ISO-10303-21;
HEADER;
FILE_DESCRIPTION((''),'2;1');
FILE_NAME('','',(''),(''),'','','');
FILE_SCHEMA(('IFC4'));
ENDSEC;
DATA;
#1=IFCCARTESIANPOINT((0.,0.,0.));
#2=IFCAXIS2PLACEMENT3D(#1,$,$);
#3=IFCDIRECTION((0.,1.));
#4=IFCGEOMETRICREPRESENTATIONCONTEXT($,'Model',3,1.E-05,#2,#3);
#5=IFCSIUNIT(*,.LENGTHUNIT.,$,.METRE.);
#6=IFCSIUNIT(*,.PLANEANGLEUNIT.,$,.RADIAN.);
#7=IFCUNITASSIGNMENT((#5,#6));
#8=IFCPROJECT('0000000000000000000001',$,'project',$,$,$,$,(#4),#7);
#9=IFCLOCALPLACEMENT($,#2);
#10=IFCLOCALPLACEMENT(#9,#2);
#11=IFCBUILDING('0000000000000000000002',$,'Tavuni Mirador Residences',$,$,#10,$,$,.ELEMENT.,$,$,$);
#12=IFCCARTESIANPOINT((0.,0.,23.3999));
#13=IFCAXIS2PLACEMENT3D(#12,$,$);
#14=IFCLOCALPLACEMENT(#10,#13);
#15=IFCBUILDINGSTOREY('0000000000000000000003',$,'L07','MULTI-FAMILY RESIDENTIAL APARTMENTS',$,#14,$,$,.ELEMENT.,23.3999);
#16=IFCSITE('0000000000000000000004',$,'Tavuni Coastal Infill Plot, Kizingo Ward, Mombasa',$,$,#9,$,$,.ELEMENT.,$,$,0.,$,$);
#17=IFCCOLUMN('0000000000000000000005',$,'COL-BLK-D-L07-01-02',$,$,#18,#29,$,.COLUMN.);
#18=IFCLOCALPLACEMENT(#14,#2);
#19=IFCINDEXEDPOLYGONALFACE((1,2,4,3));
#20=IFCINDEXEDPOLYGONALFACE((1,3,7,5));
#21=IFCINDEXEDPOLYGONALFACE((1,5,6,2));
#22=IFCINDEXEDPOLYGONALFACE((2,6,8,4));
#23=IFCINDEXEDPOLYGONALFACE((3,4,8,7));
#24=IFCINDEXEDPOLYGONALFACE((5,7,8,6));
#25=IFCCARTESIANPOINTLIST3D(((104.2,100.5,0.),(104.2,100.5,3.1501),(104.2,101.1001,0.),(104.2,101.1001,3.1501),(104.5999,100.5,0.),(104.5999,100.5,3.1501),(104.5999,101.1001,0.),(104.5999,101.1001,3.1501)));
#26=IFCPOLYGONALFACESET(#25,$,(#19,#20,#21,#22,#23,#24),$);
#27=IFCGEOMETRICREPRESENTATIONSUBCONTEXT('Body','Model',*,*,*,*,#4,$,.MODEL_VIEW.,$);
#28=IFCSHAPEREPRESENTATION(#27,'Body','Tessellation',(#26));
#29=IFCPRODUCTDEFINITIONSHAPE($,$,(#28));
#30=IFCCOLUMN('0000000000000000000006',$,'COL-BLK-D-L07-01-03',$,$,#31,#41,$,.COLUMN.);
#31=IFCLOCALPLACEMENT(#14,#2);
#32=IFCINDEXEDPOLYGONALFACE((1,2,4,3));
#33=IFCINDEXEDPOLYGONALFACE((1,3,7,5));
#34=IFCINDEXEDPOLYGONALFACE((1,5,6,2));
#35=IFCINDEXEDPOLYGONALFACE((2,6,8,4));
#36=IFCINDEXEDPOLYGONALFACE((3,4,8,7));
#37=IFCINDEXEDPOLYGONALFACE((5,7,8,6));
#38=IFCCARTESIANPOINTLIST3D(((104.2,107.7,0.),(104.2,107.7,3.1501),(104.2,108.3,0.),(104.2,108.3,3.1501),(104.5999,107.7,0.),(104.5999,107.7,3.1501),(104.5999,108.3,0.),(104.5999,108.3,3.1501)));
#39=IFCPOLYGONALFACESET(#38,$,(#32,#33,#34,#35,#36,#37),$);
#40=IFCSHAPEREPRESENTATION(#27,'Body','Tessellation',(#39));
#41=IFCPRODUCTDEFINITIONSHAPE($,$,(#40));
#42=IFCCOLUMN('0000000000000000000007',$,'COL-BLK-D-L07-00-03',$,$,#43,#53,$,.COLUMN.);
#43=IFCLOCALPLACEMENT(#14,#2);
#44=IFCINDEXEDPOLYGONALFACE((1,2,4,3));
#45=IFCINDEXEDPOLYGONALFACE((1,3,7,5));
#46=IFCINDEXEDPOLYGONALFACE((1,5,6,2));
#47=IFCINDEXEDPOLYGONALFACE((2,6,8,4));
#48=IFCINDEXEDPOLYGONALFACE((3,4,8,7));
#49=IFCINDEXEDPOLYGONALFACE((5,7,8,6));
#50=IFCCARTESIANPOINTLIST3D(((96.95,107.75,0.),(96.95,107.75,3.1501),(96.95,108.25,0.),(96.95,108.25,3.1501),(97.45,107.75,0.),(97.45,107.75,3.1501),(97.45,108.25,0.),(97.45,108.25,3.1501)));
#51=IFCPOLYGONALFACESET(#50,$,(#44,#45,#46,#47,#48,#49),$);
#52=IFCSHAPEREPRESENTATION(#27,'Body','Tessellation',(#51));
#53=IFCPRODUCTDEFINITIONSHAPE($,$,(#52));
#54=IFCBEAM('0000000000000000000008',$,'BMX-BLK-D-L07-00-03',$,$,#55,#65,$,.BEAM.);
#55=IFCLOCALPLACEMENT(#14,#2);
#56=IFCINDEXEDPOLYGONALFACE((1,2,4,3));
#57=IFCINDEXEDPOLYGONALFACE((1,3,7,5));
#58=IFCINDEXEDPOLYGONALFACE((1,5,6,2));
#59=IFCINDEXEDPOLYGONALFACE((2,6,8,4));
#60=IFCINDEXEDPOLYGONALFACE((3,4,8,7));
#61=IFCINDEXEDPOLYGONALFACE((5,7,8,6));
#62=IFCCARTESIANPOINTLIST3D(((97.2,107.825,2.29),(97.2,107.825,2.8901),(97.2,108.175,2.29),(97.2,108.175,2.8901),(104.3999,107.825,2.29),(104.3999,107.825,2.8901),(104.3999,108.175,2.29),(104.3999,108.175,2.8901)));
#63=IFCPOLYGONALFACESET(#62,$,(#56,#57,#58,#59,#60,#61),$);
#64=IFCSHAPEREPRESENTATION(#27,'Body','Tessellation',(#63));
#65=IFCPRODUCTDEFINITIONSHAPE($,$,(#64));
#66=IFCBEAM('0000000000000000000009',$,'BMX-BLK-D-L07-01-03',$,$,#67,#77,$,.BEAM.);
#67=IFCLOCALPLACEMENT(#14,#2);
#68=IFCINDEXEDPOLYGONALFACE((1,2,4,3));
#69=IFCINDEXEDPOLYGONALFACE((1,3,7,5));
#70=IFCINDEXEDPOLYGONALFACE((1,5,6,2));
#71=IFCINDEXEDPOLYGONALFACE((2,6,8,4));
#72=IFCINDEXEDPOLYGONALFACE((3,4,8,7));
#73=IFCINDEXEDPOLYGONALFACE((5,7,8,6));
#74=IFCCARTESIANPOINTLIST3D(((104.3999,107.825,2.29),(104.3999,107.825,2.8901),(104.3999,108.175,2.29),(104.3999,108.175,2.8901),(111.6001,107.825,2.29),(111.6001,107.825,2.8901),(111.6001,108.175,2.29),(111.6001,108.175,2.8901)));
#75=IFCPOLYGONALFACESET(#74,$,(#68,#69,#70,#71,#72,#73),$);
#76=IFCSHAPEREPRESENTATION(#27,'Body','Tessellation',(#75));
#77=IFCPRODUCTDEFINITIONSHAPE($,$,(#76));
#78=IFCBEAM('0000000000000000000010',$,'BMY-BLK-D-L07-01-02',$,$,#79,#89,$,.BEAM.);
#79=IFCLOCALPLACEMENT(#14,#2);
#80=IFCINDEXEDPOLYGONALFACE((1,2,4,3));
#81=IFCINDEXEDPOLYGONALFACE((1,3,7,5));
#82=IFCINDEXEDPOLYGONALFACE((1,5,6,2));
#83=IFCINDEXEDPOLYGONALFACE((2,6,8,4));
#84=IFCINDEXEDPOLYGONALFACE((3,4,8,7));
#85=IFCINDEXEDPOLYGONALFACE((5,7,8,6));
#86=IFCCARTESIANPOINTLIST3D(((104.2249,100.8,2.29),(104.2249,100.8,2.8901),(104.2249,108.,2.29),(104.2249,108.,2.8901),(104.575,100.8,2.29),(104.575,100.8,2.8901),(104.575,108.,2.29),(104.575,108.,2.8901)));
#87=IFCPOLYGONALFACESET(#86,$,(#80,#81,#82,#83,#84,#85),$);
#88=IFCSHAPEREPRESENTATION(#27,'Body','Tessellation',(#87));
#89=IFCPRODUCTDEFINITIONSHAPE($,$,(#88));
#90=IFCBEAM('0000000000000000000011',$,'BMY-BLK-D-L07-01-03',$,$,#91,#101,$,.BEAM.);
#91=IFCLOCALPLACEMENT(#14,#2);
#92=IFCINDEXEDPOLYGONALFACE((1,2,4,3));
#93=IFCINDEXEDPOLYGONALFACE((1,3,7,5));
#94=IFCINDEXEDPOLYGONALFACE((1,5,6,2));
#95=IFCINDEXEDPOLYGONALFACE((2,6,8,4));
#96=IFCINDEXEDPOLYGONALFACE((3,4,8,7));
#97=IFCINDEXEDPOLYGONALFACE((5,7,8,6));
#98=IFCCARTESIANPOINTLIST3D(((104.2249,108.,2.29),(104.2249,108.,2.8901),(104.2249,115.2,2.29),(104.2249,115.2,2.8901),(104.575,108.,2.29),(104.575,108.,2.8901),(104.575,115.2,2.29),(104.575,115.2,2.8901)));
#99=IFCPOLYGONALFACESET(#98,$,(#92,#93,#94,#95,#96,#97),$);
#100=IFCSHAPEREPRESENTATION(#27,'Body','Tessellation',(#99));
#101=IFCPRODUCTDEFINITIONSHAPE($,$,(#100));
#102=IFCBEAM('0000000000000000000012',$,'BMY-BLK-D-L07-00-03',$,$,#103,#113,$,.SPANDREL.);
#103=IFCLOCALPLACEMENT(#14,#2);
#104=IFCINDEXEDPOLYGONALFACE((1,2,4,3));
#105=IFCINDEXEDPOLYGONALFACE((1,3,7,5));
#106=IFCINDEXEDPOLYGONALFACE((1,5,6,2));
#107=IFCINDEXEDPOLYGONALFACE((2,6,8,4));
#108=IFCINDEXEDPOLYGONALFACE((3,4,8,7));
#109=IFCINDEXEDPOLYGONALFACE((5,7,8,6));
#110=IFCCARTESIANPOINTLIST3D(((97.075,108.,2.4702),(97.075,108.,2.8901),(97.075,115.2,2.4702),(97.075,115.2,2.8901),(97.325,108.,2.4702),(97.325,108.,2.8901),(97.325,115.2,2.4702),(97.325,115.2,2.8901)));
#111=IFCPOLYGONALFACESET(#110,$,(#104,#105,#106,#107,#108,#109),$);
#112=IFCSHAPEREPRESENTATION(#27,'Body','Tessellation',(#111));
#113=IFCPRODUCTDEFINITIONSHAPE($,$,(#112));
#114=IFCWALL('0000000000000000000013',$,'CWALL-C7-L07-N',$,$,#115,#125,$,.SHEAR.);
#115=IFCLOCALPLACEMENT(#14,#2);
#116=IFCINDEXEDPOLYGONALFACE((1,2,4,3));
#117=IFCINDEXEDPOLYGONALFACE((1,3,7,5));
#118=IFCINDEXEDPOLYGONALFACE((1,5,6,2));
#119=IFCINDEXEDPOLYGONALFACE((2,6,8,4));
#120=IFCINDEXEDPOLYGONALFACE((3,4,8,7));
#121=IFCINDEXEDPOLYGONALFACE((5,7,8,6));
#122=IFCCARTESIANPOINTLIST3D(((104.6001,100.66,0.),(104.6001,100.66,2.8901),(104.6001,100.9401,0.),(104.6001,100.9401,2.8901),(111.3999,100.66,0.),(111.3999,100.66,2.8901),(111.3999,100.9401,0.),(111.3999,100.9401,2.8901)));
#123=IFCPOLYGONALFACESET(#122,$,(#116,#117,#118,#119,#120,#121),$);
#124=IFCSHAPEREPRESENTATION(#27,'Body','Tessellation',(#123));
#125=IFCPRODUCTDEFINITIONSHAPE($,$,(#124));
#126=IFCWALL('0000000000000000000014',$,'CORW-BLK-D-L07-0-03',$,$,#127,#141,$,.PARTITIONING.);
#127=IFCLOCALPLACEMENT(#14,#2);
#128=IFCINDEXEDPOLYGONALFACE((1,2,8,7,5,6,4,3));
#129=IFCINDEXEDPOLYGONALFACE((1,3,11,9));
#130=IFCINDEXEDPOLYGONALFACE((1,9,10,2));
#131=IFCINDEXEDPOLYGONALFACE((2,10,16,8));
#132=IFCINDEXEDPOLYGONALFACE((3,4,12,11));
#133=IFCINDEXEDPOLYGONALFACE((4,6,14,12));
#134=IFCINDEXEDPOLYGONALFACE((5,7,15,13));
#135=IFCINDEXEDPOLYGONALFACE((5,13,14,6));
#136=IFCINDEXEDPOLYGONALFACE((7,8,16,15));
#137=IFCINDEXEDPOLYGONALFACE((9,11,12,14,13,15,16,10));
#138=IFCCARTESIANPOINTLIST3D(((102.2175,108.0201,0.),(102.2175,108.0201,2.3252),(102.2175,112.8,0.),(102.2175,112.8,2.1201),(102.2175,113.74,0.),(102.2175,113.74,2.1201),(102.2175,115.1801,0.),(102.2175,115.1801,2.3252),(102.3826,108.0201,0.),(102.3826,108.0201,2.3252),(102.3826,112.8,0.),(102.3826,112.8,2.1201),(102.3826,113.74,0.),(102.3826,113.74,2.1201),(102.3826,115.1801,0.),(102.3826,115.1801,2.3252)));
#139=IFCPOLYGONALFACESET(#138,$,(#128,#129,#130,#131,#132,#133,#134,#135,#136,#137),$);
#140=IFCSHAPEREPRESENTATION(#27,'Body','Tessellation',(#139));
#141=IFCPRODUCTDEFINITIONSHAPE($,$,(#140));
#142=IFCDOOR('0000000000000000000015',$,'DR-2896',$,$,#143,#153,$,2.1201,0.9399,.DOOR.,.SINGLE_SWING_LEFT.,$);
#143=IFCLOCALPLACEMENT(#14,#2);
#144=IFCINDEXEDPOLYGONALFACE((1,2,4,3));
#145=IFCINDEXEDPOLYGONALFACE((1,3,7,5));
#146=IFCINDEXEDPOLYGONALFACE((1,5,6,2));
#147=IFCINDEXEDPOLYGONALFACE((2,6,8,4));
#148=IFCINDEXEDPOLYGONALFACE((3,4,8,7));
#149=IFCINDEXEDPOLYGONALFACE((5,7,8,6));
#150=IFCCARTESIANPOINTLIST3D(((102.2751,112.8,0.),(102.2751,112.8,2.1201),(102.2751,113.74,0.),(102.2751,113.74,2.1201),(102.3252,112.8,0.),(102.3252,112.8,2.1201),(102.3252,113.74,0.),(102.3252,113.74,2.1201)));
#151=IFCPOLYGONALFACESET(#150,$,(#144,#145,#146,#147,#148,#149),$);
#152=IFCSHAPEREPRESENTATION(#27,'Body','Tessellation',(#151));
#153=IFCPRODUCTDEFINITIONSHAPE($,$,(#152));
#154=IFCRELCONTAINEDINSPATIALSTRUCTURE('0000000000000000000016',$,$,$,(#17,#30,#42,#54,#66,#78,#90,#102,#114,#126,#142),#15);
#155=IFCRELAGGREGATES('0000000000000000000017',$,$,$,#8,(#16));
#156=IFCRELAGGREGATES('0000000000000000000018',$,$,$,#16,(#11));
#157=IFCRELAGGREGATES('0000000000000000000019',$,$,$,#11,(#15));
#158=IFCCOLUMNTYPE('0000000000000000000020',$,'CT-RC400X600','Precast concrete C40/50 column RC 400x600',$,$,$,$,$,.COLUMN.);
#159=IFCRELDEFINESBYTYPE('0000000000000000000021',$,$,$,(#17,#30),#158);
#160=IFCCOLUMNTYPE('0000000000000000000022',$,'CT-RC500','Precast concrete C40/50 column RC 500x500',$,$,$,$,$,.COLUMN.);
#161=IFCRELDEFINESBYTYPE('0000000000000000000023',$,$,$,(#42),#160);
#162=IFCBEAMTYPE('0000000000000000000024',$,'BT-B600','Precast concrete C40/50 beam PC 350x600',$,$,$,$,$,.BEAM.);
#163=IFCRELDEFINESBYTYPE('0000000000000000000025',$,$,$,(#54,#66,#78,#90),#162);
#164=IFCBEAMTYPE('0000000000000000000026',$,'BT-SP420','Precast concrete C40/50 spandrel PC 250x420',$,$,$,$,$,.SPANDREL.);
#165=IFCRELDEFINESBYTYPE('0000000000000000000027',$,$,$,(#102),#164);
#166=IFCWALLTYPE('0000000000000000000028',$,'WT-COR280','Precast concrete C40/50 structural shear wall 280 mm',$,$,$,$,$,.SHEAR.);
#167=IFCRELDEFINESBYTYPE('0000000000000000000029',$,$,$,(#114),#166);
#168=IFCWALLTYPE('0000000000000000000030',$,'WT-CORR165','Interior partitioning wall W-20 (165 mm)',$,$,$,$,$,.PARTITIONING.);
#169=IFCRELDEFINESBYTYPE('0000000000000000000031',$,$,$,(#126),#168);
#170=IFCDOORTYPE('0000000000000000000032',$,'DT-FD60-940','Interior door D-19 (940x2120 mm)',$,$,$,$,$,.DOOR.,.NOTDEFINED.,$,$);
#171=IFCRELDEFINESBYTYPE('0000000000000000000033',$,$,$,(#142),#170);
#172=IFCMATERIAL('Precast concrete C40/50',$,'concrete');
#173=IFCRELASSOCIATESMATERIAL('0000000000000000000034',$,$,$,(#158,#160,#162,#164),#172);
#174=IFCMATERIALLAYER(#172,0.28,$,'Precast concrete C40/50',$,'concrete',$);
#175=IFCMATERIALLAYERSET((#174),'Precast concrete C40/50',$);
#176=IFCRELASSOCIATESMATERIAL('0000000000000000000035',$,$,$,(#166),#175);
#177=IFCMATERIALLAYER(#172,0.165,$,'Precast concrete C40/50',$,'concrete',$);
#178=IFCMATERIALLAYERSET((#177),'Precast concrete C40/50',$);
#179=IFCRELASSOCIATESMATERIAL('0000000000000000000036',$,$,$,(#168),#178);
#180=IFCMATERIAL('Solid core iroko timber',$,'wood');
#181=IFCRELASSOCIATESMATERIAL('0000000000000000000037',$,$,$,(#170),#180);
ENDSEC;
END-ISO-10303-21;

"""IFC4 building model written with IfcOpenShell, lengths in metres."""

from ifc_helpers import new_model, si_unit, direction, frame, frame_2d, origin, origin_2d, place, context, subcontext, project, spatial, rectangle, extrude, material, layer, layer_set, material_profile, profile_set, type_object, element, fill, save


model = new_model("IFC4")

# Units and contexts
model_context = context("Model", 3, precision=1e-05, world=origin(), true_north=direction((0.0, 1.0)))
body_context = subcontext(model_context, "Body", "Model", "MODEL_VIEW")
ifc_project = project(units=[si_unit("LENGTHUNIT", "METRE"), si_unit("PLANEANGLEUNIT", "RADIAN")], contexts=[model_context])

# Site, building, storey
site_placement = place(None, origin())
site = spatial("IfcSite", under=ifc_project, at=site_placement, Name="Tavuni Coastal Infill Plot, Kizingo Ward, Mombasa", CompositionType="ELEMENT", RefElevation=0.0)
building_placement = place(site_placement, origin())
building = spatial("IfcBuilding", under=site, at=building_placement, Name="Tavuni Mirador Residences", CompositionType="ELEMENT")
storey_placement = place(building_placement, frame((0.0, 0.0, 23.3999)))
storey = spatial("IfcBuildingStorey", under=building, at=storey_placement, Name="L07", Description="MULTI-FAMILY RESIDENTIAL APARTMENTS", CompositionType="ELEMENT", Elevation=23.3999)

# Columns
ifc_material_1 = material(Name="Precast concrete C40/50", Category="concrete")
ifc_material_profile_1 = material_profile(ifc_material_1, rectangle(XDim=0.3999, YDim=0.6001, at=origin_2d()), Name="RC 400x600", Category="concrete")
ifc_profile_set_1 = profile_set([ifc_material_profile_1], Name="Precast concrete C40/50")
column_type_1 = type_object("IfcColumnType", Name="CT-RC400X600", Description="Precast concrete C40/50 column RC 400x600", PredefinedType="COLUMN", material=ifc_profile_set_1)
for number, where, z_axis, x_axis, name in (
    (1, (104.3999, 100.8, 0.0), (0.0, 0.0, 1.0), (1.0, 0.0, 0.0), "COL-BLK-D-L07-01-02"),
    (2, (104.3999, 108.0, 0.0), (0.0, 0.0, 1.0), (1.0, 0.0, 0.0), "COL-BLK-D-L07-01-03"),
):
    element("IfcColumn", number, at=place(storey_placement, frame(where, z_axis=z_axis, x_axis=x_axis)), inside=storey, type_object=column_type_1, Name=name, PredefinedType="COLUMN", context=body_context, shape_type="SweptSolid", body=[
        extrude(rectangle(XDim=0.3999, YDim=0.6001, at=origin_2d()), origin(), (0.0, 0.0, 1.0), 3.1501),
    ])
ifc_material_profile_2 = material_profile(ifc_material_1, rectangle(XDim=0.5, YDim=0.5, at=origin_2d()), Name="RC 500x500", Category="concrete")
ifc_profile_set_2 = profile_set([ifc_material_profile_2], Name="Precast concrete C40/50")
column_type_2 = type_object("IfcColumnType", Name="CT-RC500", Description="Precast concrete C40/50 column RC 500x500", PredefinedType="COLUMN", material=ifc_profile_set_2)
column_placement = place(storey_placement, frame((97.2, 108.0, 0.0), z_axis=(0.0, 0.0, 1.0), x_axis=(1.0, 0.0, 0.0)))
element("IfcColumn", 3, at=column_placement, inside=storey, type_object=column_type_2, Name="COL-BLK-D-L07-00-03", PredefinedType="COLUMN", context=body_context, shape_type="SweptSolid", body=[
    extrude(rectangle(XDim=0.5, YDim=0.5, at=origin_2d()), origin(), (0.0, 0.0, 1.0), 3.1501),
])

# Beams
ifc_material_profile_3 = material_profile(ifc_material_1, rectangle(XDim=0.3501, YDim=0.6001, at=origin_2d()), Name="PC 350x600", Category="concrete")
ifc_profile_set_3 = profile_set([ifc_material_profile_3], Name="Precast concrete C40/50")
beam_type_1 = type_object("IfcBeamType", Name="BT-B600", Description="Precast concrete C40/50 beam PC 350x600", PredefinedType="BEAM", material=ifc_profile_set_3)
beam_1_placement = place(storey_placement, frame((97.2, 108.0, 2.5901), z_axis=(1.0, 0.0, 0.0), x_axis=(0.0, 1.0, 0.0)))
element("IfcBeam", 4, at=beam_1_placement, inside=storey, type_object=beam_type_1, Name="BMX-BLK-D-L07-00-03", PredefinedType="BEAM", context=body_context, shape_type="SweptSolid", body=[
    extrude(rectangle(XDim=0.3501, YDim=0.6001, at=origin_2d()), origin(), (0.0, 0.0, 1.0), 7.2),
])
beam_2_placement = place(storey_placement, frame((104.3999, 108.0, 2.5901), z_axis=(1.0, 0.0, 0.0), x_axis=(0.0, 1.0, 0.0)))
element("IfcBeam", 5, at=beam_2_placement, inside=storey, type_object=beam_type_1, Name="BMX-BLK-D-L07-01-03", PredefinedType="BEAM", context=body_context, shape_type="SweptSolid", body=[
    extrude(rectangle(XDim=0.3501, YDim=0.6001, at=origin_2d()), origin(), (0.0, 0.0, 1.0), 7.2002),
])
for number, where, z_axis, x_axis, name in (
    (6, (104.3999, 100.8, 2.5901), (0.0, 1.0, 0.0), (-1.0, 0.0, 0.0), "BMY-BLK-D-L07-01-02"),
    (7, (104.3999, 108.0, 2.5901), (0.0, 1.0, 0.0), (-1.0, 0.0, 0.0), "BMY-BLK-D-L07-01-03"),
):
    element("IfcBeam", number, at=place(storey_placement, frame(where, z_axis=z_axis, x_axis=x_axis)), inside=storey, type_object=beam_type_1, Name=name, PredefinedType="BEAM", context=body_context, shape_type="SweptSolid", body=[
        extrude(rectangle(XDim=0.3501, YDim=0.6001, at=origin_2d()), origin(), (0.0, 0.0, 1.0), 7.2),
    ])
ifc_material_profile_4 = material_profile(ifc_material_1, rectangle(XDim=0.25, YDim=0.4199, at=origin_2d()), Name="PC 250x420", Category="concrete")
ifc_profile_set_4 = profile_set([ifc_material_profile_4], Name="Precast concrete C40/50")
beam_type_2 = type_object("IfcBeamType", Name="BT-SP420", Description="Precast concrete C40/50 spandrel PC 250x420", PredefinedType="SPANDREL", material=ifc_profile_set_4)
beam_3_placement = place(storey_placement, frame((97.2, 108.0, 2.6802), z_axis=(0.0, 1.0, 0.0), x_axis=(-1.0, 0.0, 0.0)))
element("IfcBeam", 8, at=beam_3_placement, inside=storey, type_object=beam_type_2, Name="BMY-BLK-D-L07-00-03", PredefinedType="SPANDREL", context=body_context, shape_type="SweptSolid", body=[
    extrude(rectangle(XDim=0.25, YDim=0.4199, at=origin_2d()), origin(), (0.0, 0.0, 1.0), 7.2),
])

# Shared definitions
ifc_material_2 = material(Name="Solid core iroko timber", Category="wood")

# Wall
ifc_layer_1 = layer(ifc_material_1, 0.28, Name="Precast concrete C40/50", Category="concrete")
ifc_layer_set_1 = layer_set([ifc_layer_1], Name="Precast concrete C40/50")
wall_type_1 = type_object("IfcWallType", Name="WT-COR280", Description="Precast concrete C40/50 structural shear wall 280 mm", PredefinedType="SHEAR", material=ifc_layer_set_1)
wall_1_placement = place(storey_placement, frame((104.6001, 100.8, 0.0), z_axis=(0.0, 0.0, 1.0), x_axis=(1.0, 0.0, 0.0)))
element("IfcWall", 9, at=wall_1_placement, inside=storey, type_object=wall_type_1, Name="CWALL-C7-L07-N", PredefinedType="SHEAR", context=body_context, shape_type="SweptSolid", body=[
    extrude(rectangle(XDim=6.7998, YDim=0.28, at=frame_2d((3.3999, 0.0))), origin(), (0.0, 0.0, 1.0), 2.8901),
])

# Wall, opening, door
ifc_layer_2 = layer(ifc_material_1, 0.165, Name="Precast concrete C40/50", Category="concrete")
ifc_layer_set_2 = layer_set([ifc_layer_2], Name="Precast concrete C40/50")
wall_type_2 = type_object("IfcWallType", Name="WT-CORR165", Description="Interior partitioning wall W-20 (165 mm)", PredefinedType="PARTITIONING", material=ifc_layer_set_2)
wall_2_placement = place(storey_placement, frame((102.3, 108.02, 0.0), z_axis=(0.0, 0.0, 1.0), x_axis=(0.0, 1.0, 0.0)))
wall_2 = element("IfcWall", 10, at=wall_2_placement, inside=storey, type_object=wall_type_2, Name="CORW-BLK-D-L07-0-03", PredefinedType="PARTITIONING", context=body_context, shape_type="SweptSolid", body=[
    extrude(rectangle(XDim=7.1599, YDim=0.165, at=frame_2d((3.5801, 0.0))), origin(), (0.0, 0.0, 1.0), 2.3252),
])
opening_1_placement = place(wall_2_placement, frame((4.78, 0.0, 0.0)))
opening_1 = element("IfcOpeningElement", 11, at=opening_1_placement, cuts=wall_2, PredefinedType="OPENING", context=body_context, shape_type="SweptSolid", body=[
    extrude(rectangle(XDim=0.9399, YDim=2.1201, at=frame_2d((0.47, 1.0601))), frame((0.0, 0.0925, 0.0), z_axis=(0.0, -1.0, 0.0), x_axis=(1.0, 0.0, 0.0)), (0.0, 0.0, 1.0), 0.1851),
])
door_type_1 = type_object("IfcDoorType", Name="DT-FD60-940", Description="Interior door D-19 (940x2120 mm)", OperationType="NOTDEFINED", PredefinedType="DOOR", material=ifc_material_2)
door_1_placement = place(opening_1_placement, origin())
door_1 = element("IfcDoor", 12, at=door_1_placement, inside=storey, type_object=door_type_1, Name="DR-2896", OperationType="SINGLE_SWING_LEFT", OverallHeight=2.1201, OverallWidth=0.9399, PredefinedType="DOOR", context=body_context, shape_type="SweptSolid", body=[
    extrude(rectangle(XDim=0.9399, YDim=2.1201, at=frame_2d((0.47, 1.0601))), frame((0.0, 0.0249, 0.0), z_axis=(0.0, -1.0, 0.0), x_axis=(1.0, 0.0, 0.0)), (0.0, 0.0, 1.0), 0.05),
])
fill(opening_1, door_1)

save(model, "model.ifc")
